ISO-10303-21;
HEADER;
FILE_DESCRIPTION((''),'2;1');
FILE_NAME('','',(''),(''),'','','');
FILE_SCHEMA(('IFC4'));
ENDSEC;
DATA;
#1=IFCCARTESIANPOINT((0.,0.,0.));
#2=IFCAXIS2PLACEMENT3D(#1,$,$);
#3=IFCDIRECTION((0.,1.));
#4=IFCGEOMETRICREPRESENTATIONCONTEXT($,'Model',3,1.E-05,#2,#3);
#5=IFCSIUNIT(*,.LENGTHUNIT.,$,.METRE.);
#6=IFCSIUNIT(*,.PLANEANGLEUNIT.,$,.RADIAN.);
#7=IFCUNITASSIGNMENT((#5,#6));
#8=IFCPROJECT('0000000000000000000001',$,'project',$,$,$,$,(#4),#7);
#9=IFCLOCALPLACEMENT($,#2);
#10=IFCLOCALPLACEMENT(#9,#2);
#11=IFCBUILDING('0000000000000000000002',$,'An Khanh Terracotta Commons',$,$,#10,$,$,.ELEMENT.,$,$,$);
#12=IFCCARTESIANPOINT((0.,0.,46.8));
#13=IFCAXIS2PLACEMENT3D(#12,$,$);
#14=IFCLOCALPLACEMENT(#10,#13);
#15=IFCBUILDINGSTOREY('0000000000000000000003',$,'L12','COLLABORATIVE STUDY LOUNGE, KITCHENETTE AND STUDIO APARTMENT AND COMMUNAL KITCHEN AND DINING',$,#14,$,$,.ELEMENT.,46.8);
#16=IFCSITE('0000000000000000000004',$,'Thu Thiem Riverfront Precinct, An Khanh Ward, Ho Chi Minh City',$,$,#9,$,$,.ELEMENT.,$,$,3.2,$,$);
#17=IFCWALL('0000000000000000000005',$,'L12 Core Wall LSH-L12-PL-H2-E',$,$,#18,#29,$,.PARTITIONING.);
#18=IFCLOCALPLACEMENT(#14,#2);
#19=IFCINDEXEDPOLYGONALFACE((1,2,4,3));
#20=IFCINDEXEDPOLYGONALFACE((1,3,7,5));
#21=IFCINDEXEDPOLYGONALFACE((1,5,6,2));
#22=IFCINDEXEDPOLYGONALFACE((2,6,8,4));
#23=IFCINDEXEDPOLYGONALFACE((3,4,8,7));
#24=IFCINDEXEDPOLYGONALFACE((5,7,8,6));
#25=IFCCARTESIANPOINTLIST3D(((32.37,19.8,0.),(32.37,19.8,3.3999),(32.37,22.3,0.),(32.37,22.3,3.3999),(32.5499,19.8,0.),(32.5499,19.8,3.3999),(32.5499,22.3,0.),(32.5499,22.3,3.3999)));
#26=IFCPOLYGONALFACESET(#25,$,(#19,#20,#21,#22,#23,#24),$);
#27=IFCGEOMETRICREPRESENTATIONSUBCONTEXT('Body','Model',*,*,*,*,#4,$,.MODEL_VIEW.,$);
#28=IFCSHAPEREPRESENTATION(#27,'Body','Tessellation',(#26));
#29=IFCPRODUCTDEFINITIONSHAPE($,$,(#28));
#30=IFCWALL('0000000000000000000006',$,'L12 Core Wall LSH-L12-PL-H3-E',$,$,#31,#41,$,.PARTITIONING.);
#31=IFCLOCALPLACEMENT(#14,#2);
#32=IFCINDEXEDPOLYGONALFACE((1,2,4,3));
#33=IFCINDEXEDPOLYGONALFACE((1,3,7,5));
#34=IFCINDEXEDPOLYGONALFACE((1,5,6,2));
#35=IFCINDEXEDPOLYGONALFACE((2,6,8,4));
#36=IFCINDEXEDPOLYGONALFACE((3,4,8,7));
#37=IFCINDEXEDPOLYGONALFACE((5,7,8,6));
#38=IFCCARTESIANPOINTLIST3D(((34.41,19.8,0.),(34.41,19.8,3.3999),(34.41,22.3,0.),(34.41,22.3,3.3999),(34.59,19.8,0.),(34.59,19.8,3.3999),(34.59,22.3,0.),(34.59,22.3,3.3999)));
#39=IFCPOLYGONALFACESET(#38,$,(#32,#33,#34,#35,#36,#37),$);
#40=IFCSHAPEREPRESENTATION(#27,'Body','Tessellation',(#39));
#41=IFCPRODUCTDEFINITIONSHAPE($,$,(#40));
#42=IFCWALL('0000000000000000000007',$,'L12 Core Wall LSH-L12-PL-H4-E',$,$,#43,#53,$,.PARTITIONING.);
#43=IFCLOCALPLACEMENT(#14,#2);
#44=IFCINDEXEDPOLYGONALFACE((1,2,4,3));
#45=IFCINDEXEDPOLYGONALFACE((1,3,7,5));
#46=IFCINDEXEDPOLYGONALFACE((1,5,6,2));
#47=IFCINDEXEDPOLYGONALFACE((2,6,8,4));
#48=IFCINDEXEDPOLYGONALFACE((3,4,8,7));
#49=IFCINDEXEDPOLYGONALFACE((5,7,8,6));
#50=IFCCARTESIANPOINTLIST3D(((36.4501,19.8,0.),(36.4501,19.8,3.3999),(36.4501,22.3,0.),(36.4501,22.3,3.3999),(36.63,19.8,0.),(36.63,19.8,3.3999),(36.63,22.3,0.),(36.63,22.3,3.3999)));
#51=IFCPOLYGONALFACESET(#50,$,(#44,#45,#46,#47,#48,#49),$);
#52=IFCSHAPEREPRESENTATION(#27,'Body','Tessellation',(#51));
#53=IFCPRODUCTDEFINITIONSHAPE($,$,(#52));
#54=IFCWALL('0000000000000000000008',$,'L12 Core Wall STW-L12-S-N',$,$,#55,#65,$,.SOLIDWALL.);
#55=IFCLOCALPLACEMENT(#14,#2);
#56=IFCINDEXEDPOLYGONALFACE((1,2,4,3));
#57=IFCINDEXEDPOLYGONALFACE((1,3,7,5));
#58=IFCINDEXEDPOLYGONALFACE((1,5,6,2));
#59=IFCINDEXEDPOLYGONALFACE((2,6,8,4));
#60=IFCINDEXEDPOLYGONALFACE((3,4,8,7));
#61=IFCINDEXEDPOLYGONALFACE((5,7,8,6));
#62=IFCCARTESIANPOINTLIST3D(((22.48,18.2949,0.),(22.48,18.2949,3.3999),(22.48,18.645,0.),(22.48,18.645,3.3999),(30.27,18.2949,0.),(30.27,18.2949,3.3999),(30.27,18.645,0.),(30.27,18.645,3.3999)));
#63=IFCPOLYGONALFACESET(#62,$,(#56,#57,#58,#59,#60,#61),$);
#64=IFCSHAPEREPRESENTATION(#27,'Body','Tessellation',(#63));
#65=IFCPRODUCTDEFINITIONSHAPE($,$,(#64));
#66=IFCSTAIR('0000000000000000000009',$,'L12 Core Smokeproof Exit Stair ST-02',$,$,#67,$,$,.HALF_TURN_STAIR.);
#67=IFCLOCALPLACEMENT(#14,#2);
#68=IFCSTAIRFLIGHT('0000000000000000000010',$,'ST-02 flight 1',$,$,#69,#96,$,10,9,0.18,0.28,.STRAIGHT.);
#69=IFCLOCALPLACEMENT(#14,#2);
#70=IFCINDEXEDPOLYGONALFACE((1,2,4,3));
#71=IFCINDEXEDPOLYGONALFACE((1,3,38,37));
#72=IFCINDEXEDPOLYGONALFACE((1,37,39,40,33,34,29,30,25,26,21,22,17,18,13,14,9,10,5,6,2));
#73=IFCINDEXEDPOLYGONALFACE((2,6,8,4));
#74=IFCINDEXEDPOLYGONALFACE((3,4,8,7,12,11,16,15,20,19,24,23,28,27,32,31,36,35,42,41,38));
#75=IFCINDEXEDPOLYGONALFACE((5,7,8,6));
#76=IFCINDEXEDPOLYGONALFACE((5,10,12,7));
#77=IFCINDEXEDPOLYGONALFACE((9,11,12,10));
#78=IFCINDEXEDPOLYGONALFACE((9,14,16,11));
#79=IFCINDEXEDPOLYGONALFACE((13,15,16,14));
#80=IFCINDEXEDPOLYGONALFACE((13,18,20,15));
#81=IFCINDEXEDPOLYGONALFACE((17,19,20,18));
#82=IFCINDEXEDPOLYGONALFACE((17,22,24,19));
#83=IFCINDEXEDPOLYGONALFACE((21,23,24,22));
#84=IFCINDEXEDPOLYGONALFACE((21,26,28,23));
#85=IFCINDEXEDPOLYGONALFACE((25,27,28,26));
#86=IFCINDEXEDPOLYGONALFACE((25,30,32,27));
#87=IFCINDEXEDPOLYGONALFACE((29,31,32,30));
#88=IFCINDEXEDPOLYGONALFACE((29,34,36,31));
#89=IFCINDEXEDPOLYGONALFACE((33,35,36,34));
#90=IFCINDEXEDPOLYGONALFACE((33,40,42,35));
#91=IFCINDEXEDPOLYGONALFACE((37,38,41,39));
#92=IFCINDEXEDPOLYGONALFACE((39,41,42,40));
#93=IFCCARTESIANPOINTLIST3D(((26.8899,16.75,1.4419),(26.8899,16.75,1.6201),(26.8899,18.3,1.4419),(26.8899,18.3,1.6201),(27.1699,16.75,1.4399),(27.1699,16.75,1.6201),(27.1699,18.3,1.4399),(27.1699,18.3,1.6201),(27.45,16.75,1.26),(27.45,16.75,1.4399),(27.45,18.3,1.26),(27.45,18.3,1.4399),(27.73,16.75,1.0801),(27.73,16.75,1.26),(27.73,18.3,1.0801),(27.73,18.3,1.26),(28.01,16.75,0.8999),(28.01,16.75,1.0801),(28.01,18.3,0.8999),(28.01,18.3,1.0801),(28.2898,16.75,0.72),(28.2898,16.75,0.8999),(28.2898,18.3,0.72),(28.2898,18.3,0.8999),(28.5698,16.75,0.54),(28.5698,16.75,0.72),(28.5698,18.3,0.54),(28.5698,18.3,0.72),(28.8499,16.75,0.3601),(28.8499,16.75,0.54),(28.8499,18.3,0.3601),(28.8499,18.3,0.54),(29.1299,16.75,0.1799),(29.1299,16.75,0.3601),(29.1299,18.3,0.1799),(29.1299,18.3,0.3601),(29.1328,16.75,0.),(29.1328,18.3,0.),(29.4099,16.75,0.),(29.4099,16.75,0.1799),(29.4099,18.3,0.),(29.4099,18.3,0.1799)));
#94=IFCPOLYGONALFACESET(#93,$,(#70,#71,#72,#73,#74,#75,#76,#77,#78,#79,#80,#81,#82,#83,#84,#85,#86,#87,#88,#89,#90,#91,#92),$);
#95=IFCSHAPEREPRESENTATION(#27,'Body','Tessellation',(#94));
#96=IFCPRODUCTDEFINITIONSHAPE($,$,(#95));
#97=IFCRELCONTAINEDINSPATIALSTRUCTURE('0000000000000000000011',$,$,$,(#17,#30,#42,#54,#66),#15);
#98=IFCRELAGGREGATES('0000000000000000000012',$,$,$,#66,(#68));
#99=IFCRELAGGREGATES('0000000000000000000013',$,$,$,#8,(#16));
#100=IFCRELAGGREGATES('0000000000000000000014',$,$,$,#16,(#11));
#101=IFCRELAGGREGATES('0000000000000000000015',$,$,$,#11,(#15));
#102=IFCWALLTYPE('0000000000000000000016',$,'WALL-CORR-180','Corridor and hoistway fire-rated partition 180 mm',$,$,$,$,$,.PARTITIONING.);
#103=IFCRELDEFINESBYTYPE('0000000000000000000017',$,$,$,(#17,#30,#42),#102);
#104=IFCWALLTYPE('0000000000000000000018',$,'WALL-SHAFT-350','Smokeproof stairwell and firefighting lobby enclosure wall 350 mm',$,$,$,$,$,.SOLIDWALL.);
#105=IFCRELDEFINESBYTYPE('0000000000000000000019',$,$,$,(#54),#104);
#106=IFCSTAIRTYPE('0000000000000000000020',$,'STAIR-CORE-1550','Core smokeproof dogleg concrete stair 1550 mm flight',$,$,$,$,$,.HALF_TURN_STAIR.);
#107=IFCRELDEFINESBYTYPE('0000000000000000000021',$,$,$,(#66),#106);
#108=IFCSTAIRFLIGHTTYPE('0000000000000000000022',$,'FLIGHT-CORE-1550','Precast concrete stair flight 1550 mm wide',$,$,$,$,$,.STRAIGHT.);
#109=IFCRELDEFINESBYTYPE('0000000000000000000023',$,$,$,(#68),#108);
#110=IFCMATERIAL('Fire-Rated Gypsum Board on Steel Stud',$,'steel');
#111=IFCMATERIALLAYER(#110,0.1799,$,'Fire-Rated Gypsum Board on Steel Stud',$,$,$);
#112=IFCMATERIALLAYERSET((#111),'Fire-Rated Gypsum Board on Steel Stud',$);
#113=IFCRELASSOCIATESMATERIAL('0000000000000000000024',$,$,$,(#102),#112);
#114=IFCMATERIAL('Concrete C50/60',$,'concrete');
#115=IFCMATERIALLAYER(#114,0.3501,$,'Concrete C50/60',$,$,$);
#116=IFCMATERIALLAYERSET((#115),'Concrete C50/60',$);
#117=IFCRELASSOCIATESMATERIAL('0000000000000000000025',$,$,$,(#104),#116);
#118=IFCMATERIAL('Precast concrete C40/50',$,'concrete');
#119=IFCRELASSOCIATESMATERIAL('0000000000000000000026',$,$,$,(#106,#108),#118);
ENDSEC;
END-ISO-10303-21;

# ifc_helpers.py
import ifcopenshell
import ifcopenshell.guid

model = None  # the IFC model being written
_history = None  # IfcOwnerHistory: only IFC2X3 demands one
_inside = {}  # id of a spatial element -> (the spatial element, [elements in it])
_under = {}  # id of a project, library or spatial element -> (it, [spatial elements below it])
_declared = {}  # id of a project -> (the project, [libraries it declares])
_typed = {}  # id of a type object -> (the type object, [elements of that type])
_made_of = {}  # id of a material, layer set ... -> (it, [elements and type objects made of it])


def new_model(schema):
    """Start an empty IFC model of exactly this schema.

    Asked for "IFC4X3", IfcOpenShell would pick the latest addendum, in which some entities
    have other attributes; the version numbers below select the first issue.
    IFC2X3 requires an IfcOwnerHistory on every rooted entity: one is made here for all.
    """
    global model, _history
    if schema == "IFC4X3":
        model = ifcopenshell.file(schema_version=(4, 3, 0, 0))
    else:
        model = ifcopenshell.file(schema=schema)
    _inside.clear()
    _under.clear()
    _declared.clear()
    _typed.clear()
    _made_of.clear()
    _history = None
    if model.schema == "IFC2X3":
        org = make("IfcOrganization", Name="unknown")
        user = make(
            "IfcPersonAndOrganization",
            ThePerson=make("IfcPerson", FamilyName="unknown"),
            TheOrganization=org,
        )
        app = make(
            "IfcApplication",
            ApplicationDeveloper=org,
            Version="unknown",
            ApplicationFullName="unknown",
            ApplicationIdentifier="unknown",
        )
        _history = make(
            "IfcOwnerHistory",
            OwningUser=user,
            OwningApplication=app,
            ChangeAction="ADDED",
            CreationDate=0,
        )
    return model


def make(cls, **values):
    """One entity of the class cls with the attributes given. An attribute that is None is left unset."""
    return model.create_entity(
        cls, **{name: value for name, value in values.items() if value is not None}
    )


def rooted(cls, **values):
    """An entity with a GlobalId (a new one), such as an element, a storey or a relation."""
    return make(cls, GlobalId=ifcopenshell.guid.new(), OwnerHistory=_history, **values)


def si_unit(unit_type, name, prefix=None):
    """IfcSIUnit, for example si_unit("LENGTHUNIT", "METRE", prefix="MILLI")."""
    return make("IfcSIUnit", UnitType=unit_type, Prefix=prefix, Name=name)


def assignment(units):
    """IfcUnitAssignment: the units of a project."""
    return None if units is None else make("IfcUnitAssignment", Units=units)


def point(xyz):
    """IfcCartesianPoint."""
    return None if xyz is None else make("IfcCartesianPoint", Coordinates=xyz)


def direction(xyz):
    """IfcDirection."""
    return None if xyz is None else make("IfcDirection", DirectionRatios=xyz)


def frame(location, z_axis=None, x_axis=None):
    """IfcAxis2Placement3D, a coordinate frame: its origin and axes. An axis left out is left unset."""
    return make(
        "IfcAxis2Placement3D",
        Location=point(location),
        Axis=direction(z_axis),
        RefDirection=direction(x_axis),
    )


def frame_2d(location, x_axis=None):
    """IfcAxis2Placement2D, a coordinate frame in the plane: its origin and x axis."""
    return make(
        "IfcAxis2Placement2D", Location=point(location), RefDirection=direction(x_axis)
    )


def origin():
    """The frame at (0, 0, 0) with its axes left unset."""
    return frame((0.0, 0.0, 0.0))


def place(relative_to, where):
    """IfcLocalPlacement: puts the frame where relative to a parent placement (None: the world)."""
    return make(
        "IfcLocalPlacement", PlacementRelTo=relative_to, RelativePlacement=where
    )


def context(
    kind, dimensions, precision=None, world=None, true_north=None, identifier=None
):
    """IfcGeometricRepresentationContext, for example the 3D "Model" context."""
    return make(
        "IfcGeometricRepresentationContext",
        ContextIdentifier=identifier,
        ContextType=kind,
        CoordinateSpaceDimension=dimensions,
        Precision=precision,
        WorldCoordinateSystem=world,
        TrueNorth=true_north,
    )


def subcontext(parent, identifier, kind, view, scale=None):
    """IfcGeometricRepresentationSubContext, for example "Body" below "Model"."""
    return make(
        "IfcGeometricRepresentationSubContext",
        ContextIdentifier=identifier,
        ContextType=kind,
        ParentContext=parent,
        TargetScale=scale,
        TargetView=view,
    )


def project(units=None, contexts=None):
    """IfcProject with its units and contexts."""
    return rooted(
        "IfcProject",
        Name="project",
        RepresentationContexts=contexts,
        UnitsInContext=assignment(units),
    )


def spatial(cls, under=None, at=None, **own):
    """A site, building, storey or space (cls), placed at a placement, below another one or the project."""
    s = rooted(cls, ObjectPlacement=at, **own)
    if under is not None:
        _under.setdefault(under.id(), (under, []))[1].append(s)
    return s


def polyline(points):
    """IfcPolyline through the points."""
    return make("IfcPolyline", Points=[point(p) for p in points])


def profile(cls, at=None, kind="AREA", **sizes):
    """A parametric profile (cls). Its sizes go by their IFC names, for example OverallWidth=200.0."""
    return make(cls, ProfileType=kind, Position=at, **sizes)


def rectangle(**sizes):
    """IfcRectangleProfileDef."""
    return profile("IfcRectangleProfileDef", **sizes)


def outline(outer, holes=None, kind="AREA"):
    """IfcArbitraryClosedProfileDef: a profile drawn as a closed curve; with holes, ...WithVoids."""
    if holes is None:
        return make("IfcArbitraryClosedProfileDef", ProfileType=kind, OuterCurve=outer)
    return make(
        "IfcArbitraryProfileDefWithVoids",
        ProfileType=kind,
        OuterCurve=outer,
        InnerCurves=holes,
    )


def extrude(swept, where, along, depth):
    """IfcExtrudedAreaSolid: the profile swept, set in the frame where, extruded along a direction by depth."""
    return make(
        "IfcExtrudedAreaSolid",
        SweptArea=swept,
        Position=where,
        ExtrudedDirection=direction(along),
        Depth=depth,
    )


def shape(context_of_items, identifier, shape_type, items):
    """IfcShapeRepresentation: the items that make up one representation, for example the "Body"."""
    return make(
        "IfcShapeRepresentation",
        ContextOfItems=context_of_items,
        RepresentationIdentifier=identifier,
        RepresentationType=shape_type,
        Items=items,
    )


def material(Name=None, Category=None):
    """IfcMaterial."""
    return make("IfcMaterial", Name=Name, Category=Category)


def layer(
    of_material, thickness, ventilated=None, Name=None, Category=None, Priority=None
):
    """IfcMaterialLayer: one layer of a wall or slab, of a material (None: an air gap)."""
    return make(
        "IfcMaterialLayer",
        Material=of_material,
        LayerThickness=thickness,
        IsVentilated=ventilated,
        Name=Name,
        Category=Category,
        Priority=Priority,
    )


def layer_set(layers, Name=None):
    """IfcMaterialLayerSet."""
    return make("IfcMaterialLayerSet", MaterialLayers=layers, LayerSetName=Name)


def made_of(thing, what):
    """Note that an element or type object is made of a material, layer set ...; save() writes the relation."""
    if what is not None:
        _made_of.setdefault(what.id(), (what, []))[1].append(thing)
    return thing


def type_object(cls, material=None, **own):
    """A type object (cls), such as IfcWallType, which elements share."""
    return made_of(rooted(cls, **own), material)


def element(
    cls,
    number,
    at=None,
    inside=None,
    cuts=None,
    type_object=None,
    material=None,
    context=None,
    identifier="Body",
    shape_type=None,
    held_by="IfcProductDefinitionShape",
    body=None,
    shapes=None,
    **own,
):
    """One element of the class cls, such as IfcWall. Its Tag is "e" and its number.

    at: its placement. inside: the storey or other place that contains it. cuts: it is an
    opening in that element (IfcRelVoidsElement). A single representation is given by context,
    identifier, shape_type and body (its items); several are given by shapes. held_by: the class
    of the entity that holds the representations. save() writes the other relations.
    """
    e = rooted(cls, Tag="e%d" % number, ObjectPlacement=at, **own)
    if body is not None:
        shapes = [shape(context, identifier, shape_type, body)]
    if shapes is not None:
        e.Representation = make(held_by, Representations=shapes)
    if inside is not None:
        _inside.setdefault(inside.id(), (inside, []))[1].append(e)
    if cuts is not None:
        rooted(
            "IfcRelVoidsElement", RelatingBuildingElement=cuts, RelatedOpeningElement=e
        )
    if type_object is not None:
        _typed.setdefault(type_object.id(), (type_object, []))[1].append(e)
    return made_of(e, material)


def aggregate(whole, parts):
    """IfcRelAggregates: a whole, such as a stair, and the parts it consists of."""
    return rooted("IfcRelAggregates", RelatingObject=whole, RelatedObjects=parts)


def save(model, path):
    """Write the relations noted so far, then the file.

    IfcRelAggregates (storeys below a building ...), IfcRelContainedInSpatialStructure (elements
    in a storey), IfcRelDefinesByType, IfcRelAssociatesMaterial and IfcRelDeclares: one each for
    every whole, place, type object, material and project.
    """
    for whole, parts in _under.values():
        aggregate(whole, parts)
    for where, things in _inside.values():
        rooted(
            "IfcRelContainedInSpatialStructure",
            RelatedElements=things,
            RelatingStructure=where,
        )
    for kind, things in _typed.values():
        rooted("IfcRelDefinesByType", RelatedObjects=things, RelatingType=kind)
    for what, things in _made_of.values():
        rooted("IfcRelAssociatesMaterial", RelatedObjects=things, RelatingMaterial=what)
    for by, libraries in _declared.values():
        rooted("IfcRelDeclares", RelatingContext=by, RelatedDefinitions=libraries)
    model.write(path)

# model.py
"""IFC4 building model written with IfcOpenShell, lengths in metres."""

from ifc_helpers import new_model, si_unit, direction, frame, frame_2d, origin, place, context, subcontext, project, spatial, polyline, rectangle, outline, extrude, material, layer, layer_set, type_object, element, aggregate, save


model = new_model("IFC4")

# Units and contexts
model_context = context("Model", 3, precision=1e-05, world=origin(), true_north=direction((0.0, 1.0)))
body_context = subcontext(model_context, "Body", "Model", "MODEL_VIEW")
ifc_project = project(units=[si_unit("LENGTHUNIT", "METRE"), si_unit("PLANEANGLEUNIT", "RADIAN")], contexts=[model_context])

# Site, building, storey
site_placement = place(None, origin())
site = spatial("IfcSite", under=ifc_project, at=site_placement, Name="Thu Thiem Riverfront Precinct, An Khanh Ward, Ho Chi Minh City", CompositionType="ELEMENT", RefElevation=3.2)
building_placement = place(site_placement, origin())
building = spatial("IfcBuilding", under=site, at=building_placement, Name="An Khanh Terracotta Commons", CompositionType="ELEMENT")
storey_placement = place(building_placement, frame((0.0, 0.0, 46.8)))
storey = spatial("IfcBuildingStorey", under=building, at=storey_placement, Name="L12", Description="COLLABORATIVE STUDY LOUNGE, KITCHENETTE AND STUDIO APARTMENT AND COMMUNAL KITCHEN AND DINING", CompositionType="ELEMENT", Elevation=46.8)

# Shared definitions
ifc_material_1 = material(Name="Fire-Rated Gypsum Board on Steel Stud", Category="steel")
ifc_layer_1 = layer(ifc_material_1, 0.1799, Name="Fire-Rated Gypsum Board on Steel Stud")
ifc_layer_set_1 = layer_set([ifc_layer_1], Name="Fire-Rated Gypsum Board on Steel Stud")
wall_type_1 = type_object("IfcWallType", Name="WALL-CORR-180", Description="Corridor and hoistway fire-rated partition 180 mm", PredefinedType="PARTITIONING", material=ifc_layer_set_1)

# Walls
for number, where, z_axis, x_axis, name in (
    (1, (32.46, 19.8, 0.0), (0.0, 0.0, 1.0), (0.0, 1.0, 0.0), "L12 Core Wall LSH-L12-PL-H2-E"),
    (2, (34.5, 19.8, 0.0), (0.0, 0.0, 1.0), (0.0, 1.0, 0.0), "L12 Core Wall LSH-L12-PL-H3-E"),
    (3, (36.54, 19.8, 0.0), (0.0, 0.0, 1.0), (0.0, 1.0, 0.0), "L12 Core Wall LSH-L12-PL-H4-E"),
):
    element("IfcWall", number, at=place(storey_placement, frame(where, z_axis=z_axis, x_axis=x_axis)), inside=storey, type_object=wall_type_1, Name=name, PredefinedType="PARTITIONING", context=body_context, shape_type="SweptSolid", body=[
        extrude(rectangle(XDim=2.5, YDim=0.1799, at=frame_2d((1.25, 0.0))), origin(), (0.0, 0.0, 1.0), 3.3999),
    ])
ifc_material_2 = material(Name="Concrete C50/60", Category="concrete")
ifc_layer_2 = layer(ifc_material_2, 0.3501, Name="Concrete C50/60")
ifc_layer_set_2 = layer_set([ifc_layer_2], Name="Concrete C50/60")
wall_type_2 = type_object("IfcWallType", Name="WALL-SHAFT-350", Description="Smokeproof stairwell and firefighting lobby enclosure wall 350 mm", PredefinedType="SOLIDWALL", material=ifc_layer_set_2)
wall_1_placement = place(storey_placement, frame((22.48, 18.47, 0.0), z_axis=(0.0, 0.0, 1.0), x_axis=(1.0, 0.0, 0.0)))
element("IfcWall", 4, at=wall_1_placement, inside=storey, type_object=wall_type_2, Name="L12 Core Wall STW-L12-S-N", PredefinedType="SOLIDWALL", context=body_context, shape_type="SweptSolid", body=[
    extrude(rectangle(XDim=7.79, YDim=0.3501, at=frame_2d((3.895, 0.0))), origin(), (0.0, 0.0, 1.0), 3.3999),
])

# Stair, stair flight
ifc_material_3 = material(Name="Precast concrete C40/50", Category="concrete")
stair_type = type_object("IfcStairType", Name="STAIR-CORE-1550", Description="Core smokeproof dogleg concrete stair 1550 mm flight", PredefinedType="HALF_TURN_STAIR", material=ifc_material_3)
stair_placement = place(storey_placement, origin())
stair = element("IfcStair", 5, at=stair_placement, inside=storey, type_object=stair_type, Name="L12 Core Smokeproof Exit Stair ST-02", PredefinedType="HALF_TURN_STAIR")
stair_flight_type = type_object("IfcStairFlightType", Name="FLIGHT-CORE-1550", Description="Precast concrete stair flight 1550 mm wide", PredefinedType="STRAIGHT", material=ifc_material_3)
stair_flight_placement = place(storey_placement, frame((29.4099, 17.5249, 0.0), z_axis=(0.0, 0.0, 1.0), x_axis=(-1.0, 0.0, 0.0)))
stair_flight = element("IfcStairFlight", 6, at=stair_flight_placement, type_object=stair_flight_type, Name="ST-02 flight 1", NumberOfRisers=10, NumberOfTreads=9, PredefinedType="STRAIGHT", RiserHeight=0.18, TreadLength=0.28, context=body_context, shape_type="SweptSolid", body=[
    extrude(outline(polyline([(0.0, 0.0), (0.0, 0.1799), (0.28, 0.1799), (0.28, 0.3601), (0.5601, 0.3601), (0.5601, 0.54), (0.8401, 0.54), (0.8401, 0.72), (1.1201, 0.72), (1.1201, 0.8999), (1.3999, 0.8999), (1.3999, 1.0801), (1.6799, 1.0801), (1.6799, 1.26), (1.96, 1.26), (1.96, 1.4399), (2.24, 1.4399), (2.24, 1.6201), (2.52, 1.6201), (2.52, 1.8), (2.52, 1.4419), (0.2771, 0.0), (0.0, 0.0)])), frame((0.0, 0.7749, 0.0), z_axis=(0.0, -1.0, 0.0), x_axis=(1.0, 0.0, 0.0)), (0.0, 0.0, 1.0), 1.55),
])
aggregate(stair, [stair_flight])

save(model, "model.ifc")
